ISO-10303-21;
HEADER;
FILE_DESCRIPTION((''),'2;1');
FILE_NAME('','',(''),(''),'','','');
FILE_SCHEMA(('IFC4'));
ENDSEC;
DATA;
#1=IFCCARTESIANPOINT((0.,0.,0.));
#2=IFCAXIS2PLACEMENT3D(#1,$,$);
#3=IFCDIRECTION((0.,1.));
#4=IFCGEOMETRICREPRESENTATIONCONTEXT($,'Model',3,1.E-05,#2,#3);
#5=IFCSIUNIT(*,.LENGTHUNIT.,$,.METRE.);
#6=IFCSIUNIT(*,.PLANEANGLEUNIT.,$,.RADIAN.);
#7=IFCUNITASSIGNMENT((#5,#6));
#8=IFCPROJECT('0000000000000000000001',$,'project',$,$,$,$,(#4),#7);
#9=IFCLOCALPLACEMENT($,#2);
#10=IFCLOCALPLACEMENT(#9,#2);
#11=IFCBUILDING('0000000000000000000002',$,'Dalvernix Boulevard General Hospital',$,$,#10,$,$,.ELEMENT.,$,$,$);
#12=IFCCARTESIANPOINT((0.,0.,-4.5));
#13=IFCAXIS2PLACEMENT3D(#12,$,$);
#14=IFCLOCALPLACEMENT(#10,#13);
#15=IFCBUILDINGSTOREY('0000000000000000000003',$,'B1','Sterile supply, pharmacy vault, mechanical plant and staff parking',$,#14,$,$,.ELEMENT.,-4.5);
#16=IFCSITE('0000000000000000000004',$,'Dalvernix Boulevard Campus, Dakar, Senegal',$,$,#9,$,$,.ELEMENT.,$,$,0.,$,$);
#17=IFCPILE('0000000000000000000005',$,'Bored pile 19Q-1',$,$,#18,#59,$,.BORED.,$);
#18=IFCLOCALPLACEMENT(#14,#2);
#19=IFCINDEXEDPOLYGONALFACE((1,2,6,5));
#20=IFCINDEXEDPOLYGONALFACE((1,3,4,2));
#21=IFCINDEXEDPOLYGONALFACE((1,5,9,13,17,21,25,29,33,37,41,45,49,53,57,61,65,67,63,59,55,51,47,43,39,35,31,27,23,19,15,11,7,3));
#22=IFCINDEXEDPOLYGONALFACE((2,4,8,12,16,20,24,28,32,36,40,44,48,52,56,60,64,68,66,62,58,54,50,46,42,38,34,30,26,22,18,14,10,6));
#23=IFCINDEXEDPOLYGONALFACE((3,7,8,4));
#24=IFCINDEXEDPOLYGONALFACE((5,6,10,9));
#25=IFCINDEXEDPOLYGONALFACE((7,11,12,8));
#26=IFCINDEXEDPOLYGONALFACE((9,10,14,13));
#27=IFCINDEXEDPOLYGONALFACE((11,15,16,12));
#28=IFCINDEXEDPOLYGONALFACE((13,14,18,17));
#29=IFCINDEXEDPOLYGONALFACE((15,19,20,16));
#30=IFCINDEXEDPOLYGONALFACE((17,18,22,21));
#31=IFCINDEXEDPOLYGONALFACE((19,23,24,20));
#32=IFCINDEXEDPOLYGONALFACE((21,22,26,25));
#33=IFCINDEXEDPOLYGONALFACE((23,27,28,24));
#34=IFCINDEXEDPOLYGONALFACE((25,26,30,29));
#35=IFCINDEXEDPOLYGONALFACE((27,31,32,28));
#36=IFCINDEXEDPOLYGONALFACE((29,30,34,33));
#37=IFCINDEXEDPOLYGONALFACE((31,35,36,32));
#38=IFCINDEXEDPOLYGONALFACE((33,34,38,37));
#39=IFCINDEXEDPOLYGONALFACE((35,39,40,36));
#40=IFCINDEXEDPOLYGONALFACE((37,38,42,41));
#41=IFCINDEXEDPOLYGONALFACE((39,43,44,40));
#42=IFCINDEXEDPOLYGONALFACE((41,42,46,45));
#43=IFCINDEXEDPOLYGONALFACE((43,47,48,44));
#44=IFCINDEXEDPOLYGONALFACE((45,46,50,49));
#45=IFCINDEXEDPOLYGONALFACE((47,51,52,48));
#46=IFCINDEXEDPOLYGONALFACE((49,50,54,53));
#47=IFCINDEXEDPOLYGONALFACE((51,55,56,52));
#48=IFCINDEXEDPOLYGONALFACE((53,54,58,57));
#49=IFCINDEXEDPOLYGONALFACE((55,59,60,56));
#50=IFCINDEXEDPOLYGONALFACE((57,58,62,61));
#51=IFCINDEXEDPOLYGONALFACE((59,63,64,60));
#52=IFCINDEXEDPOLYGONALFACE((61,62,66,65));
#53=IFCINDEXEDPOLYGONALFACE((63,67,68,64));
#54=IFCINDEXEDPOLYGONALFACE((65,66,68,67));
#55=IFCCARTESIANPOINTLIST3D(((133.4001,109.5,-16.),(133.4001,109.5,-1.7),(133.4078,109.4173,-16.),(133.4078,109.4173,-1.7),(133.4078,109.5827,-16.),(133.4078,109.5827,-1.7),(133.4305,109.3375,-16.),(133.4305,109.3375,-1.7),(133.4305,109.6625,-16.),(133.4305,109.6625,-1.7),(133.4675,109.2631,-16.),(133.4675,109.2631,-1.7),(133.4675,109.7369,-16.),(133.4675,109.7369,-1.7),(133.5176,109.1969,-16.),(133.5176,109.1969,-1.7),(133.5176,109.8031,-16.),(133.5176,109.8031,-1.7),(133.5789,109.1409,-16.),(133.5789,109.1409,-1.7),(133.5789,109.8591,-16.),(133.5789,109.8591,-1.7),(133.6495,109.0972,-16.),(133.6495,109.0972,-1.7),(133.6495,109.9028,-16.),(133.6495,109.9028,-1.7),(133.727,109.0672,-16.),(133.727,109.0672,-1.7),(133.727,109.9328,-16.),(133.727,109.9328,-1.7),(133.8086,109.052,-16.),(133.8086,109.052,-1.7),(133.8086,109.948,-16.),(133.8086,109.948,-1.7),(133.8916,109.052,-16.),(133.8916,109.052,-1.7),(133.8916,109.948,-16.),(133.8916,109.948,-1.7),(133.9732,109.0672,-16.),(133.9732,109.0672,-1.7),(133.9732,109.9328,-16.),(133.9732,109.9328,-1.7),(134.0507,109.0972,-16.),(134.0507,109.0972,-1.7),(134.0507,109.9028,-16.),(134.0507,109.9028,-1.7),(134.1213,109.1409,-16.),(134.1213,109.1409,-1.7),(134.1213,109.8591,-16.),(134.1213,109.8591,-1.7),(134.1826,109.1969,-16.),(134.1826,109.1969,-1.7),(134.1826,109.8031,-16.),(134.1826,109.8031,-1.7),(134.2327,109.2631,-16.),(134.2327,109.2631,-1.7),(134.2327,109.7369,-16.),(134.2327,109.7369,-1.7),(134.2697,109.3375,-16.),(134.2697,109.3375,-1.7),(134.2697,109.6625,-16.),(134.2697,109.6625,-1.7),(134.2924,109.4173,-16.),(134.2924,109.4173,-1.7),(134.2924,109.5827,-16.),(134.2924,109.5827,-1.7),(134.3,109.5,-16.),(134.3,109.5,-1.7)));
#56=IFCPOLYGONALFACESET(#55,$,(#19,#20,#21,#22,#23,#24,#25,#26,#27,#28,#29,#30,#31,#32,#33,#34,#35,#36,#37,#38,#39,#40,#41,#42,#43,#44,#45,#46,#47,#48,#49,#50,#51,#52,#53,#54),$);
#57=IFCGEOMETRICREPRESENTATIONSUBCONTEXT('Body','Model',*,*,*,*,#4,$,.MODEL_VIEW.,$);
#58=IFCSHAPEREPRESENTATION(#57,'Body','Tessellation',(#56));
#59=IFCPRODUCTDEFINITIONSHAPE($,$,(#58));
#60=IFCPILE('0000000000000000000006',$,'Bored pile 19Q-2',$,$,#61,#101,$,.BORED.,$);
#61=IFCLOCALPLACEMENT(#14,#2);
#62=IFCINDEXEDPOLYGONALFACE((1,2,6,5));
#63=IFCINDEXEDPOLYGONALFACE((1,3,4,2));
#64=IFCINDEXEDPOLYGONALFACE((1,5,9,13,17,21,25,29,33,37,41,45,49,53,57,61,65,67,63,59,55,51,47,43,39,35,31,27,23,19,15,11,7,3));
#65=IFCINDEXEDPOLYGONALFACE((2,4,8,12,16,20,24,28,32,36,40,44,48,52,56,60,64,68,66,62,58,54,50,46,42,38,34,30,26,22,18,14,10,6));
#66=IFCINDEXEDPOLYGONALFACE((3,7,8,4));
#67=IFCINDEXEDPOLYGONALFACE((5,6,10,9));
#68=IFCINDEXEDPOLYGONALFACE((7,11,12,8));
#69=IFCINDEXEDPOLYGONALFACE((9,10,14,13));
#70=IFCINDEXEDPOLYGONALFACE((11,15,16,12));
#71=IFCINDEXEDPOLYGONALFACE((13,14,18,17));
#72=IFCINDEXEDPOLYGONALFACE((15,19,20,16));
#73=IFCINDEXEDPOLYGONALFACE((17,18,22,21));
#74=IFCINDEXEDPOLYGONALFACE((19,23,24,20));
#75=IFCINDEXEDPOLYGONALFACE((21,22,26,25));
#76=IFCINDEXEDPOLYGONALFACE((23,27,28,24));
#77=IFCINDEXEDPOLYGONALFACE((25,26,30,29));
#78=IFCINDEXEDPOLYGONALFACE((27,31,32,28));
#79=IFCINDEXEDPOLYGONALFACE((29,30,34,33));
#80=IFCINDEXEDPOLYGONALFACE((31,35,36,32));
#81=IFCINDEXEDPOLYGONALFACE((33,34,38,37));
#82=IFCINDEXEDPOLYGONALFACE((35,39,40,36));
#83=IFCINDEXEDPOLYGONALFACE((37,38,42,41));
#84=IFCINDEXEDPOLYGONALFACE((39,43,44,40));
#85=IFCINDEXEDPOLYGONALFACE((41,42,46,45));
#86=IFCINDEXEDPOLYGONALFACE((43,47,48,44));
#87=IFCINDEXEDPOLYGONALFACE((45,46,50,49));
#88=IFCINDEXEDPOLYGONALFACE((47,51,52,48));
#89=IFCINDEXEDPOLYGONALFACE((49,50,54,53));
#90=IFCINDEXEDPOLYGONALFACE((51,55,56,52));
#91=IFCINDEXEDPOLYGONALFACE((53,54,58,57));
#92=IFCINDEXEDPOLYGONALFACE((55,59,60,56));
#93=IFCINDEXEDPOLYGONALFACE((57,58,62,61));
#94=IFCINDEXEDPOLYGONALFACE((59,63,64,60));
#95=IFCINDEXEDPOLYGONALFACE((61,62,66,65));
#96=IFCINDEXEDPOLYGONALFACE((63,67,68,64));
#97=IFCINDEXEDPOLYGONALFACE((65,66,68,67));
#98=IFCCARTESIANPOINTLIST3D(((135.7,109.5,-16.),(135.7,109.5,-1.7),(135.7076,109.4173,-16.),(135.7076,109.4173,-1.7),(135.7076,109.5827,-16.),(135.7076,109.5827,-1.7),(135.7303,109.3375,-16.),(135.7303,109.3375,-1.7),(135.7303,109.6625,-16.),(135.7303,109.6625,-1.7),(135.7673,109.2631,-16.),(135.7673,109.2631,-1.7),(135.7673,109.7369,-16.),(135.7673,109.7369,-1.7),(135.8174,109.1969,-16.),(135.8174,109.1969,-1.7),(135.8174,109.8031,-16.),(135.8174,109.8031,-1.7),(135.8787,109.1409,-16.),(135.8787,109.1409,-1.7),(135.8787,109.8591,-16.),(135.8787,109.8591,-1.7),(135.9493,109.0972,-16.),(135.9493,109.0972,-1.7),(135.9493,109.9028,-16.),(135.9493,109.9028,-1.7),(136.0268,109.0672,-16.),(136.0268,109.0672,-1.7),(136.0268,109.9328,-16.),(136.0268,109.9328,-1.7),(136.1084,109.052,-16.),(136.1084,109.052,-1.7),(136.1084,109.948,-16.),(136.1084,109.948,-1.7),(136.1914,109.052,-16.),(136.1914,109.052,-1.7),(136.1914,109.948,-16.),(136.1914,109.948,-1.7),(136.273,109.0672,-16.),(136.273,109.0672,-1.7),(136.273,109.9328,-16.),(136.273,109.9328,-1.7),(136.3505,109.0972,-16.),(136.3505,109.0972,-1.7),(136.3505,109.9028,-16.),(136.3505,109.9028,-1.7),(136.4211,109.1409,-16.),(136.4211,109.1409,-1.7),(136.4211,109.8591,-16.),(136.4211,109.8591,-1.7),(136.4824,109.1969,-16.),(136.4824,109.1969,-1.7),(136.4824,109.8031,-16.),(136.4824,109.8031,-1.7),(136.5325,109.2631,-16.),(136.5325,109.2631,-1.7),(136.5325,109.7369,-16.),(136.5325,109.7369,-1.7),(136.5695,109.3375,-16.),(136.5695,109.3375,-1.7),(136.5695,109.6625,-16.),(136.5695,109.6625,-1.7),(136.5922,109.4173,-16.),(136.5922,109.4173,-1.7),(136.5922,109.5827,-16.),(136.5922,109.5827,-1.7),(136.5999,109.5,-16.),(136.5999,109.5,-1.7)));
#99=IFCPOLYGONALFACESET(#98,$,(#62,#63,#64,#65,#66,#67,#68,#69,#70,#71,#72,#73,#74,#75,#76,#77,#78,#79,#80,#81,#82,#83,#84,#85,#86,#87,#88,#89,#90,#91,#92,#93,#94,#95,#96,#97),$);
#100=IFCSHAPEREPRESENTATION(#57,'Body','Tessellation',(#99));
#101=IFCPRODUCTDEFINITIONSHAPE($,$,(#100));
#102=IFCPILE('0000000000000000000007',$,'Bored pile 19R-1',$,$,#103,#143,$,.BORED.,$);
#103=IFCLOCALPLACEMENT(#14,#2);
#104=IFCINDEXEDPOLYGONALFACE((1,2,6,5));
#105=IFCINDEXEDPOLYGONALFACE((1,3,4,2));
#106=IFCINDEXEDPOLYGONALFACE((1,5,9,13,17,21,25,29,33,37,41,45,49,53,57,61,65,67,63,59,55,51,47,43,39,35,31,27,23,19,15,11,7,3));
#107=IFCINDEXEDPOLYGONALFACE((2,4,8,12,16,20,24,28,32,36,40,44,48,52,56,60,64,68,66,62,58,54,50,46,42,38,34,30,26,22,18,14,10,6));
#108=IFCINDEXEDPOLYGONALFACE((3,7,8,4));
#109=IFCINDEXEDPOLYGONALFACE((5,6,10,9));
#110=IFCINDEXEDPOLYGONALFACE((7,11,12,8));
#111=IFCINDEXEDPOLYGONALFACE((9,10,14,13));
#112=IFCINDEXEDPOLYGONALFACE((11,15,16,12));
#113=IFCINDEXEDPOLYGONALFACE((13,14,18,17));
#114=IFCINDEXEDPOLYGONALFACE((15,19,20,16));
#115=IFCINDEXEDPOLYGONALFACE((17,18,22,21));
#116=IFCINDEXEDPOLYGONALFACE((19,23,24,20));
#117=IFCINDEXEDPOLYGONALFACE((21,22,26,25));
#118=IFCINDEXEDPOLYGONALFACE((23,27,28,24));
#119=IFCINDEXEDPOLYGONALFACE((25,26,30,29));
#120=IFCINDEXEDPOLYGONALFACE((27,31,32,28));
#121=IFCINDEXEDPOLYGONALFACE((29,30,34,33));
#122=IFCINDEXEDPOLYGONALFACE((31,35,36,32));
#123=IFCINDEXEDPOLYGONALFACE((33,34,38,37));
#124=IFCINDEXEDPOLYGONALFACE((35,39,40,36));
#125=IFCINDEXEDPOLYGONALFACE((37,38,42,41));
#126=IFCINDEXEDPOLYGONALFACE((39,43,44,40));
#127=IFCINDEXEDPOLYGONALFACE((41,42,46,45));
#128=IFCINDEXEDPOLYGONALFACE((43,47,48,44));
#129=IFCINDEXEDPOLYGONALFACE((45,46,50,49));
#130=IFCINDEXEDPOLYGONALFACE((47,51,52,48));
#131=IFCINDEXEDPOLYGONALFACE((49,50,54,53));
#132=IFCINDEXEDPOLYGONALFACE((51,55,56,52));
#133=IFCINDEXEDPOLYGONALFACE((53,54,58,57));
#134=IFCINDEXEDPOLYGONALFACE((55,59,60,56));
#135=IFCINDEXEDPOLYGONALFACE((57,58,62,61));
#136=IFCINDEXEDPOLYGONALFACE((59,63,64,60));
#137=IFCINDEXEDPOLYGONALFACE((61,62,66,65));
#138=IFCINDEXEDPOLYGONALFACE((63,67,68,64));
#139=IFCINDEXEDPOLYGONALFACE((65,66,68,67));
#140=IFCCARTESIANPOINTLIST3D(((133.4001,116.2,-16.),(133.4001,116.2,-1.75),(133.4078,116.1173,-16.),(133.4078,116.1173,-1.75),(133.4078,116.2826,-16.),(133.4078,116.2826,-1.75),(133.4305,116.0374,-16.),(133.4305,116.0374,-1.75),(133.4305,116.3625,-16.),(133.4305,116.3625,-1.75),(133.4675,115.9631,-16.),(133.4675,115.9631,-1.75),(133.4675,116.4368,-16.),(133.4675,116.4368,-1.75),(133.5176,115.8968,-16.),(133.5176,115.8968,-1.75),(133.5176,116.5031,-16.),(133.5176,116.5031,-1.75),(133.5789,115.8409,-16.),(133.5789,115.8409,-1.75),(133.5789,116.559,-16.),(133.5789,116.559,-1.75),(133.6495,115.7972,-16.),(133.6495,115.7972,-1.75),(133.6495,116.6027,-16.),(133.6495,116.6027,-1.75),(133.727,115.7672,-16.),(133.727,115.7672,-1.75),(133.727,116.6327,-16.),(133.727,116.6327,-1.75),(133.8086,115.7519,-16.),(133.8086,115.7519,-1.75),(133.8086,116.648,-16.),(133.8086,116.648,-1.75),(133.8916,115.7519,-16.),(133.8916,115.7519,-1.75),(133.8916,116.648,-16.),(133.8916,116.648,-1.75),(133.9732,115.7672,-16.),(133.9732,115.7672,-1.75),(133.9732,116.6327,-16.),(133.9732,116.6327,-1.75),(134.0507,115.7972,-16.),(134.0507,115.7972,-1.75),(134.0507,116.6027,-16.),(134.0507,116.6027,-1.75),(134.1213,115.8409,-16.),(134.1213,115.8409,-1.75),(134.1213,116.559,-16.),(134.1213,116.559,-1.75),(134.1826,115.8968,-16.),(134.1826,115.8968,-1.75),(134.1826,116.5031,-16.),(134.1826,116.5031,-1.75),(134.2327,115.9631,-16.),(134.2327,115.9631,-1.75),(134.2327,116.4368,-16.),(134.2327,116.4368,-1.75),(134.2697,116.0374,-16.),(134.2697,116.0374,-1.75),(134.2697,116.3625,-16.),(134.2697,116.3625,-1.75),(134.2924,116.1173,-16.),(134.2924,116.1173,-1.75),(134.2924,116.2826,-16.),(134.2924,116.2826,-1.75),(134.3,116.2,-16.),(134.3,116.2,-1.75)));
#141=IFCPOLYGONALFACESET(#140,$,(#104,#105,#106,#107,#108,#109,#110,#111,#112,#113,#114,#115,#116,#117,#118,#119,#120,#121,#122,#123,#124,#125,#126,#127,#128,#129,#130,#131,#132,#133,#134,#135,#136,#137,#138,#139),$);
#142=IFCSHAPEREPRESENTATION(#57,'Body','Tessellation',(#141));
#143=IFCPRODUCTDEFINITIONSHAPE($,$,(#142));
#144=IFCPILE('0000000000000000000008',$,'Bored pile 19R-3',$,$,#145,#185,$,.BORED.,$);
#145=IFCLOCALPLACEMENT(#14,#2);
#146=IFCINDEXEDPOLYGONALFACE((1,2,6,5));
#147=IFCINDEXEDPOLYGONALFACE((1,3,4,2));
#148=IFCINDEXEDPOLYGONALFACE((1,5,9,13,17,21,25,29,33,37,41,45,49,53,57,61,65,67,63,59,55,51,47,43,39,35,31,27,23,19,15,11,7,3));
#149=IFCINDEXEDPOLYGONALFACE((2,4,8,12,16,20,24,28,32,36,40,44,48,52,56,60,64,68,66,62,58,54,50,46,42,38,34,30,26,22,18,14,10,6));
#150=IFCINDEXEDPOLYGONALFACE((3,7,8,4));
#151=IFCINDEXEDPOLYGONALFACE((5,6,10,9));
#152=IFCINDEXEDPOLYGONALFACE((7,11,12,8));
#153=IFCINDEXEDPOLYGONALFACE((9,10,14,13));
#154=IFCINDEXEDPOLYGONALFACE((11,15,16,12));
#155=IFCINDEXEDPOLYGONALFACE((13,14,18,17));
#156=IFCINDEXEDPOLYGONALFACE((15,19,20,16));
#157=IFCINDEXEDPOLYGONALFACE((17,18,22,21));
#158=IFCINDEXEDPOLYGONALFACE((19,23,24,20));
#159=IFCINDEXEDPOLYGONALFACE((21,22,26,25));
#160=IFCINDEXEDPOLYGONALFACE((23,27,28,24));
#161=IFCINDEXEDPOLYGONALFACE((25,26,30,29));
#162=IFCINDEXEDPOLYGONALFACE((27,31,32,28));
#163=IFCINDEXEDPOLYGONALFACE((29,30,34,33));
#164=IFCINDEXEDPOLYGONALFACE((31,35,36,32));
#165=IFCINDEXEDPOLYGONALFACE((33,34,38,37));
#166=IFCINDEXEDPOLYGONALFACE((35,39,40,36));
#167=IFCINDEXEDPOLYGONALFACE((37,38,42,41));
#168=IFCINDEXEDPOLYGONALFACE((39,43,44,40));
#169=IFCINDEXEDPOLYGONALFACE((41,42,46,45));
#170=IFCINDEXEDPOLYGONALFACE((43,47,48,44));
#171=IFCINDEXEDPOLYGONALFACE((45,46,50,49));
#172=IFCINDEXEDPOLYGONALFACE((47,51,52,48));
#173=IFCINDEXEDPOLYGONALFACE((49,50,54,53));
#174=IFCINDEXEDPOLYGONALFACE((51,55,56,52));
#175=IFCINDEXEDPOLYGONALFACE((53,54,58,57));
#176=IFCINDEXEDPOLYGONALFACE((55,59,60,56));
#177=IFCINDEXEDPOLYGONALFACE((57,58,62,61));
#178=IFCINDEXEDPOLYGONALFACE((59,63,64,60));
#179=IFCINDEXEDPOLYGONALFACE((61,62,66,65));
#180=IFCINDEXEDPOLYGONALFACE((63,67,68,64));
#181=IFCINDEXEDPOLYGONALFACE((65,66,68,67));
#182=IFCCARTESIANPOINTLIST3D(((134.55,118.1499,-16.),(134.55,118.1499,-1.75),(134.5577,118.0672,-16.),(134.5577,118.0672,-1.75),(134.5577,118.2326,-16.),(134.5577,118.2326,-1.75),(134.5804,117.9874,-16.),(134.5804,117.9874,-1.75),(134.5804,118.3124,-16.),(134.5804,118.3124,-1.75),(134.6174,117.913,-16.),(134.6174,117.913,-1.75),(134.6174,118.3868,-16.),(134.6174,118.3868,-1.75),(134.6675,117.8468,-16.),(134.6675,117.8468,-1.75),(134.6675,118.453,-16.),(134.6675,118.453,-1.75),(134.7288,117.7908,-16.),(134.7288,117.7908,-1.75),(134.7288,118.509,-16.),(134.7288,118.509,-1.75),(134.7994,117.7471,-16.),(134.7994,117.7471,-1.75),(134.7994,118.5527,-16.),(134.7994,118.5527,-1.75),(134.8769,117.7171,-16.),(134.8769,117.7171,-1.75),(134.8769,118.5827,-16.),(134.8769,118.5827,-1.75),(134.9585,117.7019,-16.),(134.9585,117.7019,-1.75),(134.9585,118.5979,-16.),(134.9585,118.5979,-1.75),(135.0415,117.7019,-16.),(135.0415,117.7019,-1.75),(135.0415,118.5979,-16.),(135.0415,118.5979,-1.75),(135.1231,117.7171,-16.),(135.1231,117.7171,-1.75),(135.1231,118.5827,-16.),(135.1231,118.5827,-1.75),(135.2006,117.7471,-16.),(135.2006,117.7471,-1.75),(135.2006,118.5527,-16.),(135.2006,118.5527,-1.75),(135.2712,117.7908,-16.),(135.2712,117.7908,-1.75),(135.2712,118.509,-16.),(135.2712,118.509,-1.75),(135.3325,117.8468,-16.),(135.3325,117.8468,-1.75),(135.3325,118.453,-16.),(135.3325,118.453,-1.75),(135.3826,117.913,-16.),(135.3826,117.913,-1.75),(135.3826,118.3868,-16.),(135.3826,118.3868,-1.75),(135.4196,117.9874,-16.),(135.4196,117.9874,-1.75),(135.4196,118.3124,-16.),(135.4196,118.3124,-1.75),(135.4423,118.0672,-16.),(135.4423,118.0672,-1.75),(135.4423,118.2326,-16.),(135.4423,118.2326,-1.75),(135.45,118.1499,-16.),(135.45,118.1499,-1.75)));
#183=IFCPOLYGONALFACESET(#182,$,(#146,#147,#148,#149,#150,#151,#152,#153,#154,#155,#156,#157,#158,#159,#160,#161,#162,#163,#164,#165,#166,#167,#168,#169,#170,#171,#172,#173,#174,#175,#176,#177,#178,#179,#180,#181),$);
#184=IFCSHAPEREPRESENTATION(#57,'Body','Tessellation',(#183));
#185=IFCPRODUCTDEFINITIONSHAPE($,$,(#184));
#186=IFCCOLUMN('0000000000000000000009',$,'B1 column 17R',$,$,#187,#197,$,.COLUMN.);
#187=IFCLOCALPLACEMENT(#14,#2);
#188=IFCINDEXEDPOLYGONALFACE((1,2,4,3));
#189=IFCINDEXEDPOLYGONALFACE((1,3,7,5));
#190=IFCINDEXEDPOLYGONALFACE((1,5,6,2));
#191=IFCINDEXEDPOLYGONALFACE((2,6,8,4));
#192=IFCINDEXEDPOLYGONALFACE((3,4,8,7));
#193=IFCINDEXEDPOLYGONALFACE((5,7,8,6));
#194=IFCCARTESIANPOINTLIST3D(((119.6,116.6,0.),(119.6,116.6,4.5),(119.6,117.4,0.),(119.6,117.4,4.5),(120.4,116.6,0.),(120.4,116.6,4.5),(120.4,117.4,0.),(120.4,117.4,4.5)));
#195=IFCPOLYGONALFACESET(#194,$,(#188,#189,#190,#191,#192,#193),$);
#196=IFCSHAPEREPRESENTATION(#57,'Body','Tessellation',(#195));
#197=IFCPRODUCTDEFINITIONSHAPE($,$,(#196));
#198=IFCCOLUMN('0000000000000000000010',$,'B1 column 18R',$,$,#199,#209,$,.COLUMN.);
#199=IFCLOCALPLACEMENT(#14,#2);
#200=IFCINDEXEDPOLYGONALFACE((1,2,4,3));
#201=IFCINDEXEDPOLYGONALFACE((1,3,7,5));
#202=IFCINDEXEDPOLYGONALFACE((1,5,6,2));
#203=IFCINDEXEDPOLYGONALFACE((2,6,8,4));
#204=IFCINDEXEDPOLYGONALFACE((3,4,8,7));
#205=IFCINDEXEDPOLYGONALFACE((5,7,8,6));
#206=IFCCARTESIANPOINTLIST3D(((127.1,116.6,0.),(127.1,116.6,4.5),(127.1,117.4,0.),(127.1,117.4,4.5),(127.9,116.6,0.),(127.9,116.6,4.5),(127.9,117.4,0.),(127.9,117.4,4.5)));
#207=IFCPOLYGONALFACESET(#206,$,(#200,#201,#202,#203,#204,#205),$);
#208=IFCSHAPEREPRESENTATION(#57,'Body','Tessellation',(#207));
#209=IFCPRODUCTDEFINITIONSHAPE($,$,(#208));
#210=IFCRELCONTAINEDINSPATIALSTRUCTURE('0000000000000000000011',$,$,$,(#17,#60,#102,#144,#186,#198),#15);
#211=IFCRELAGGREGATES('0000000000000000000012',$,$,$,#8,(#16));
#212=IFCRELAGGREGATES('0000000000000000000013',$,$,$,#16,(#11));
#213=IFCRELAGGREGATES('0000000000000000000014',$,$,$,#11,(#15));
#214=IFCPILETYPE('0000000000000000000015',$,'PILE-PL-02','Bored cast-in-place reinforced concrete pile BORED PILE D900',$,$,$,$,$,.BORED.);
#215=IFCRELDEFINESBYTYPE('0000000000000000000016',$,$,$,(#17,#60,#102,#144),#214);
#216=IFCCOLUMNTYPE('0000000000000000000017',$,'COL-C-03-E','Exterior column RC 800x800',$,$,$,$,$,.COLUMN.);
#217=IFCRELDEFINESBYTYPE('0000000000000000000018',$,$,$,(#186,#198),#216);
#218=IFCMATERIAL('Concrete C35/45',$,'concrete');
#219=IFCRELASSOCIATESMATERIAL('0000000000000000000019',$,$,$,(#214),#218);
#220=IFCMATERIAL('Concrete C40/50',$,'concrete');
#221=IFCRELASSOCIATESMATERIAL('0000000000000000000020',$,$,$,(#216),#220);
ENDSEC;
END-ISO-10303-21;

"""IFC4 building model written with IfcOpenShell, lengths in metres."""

from ifc_helpers import new_model, si_unit, direction, frame, origin, origin_2d, place, context, subcontext, project, spatial, rectangle, circle, extrude, material, material_profile, profile_set, type_object, element, save


model = new_model("IFC4")

# Units and contexts
model_context = context("Model", 3, precision=1e-05, world=origin(), true_north=direction((0.0, 1.0)))
body_context = subcontext(model_context, "Body", "Model", "MODEL_VIEW")
ifc_project = project(units=[si_unit("LENGTHUNIT", "METRE"), si_unit("PLANEANGLEUNIT", "RADIAN")], contexts=[model_context])

# Site, building, storey
site_placement = place(None, origin())
site = spatial("IfcSite", under=ifc_project, at=site_placement, Name="Dalvernix Boulevard Campus, Dakar, Senegal", CompositionType="ELEMENT", RefElevation=0.0)
building_placement = place(site_placement, origin())
building = spatial("IfcBuilding", under=site, at=building_placement, Name="Dalvernix Boulevard General Hospital", CompositionType="ELEMENT")
storey_placement = place(building_placement, frame((0.0, 0.0, -4.5)))
storey = spatial("IfcBuildingStorey", under=building, at=storey_placement, Name="B1", Description="Sterile supply, pharmacy vault, mechanical plant and staff parking", CompositionType="ELEMENT", Elevation=-4.5)

# Shared definitions
ifc_material_1 = material(Name="Concrete C35/45", Category="concrete")
ifc_material_2 = material(Name="Concrete C40/50", Category="concrete")

# Piles
ifc_material_profile_1 = material_profile(ifc_material_1, circle(Radius=0.45, at=origin_2d()), Name="BORED PILE D900")
ifc_profile_set_1 = profile_set([ifc_material_profile_1], Name="Concrete C35/45")
pile_type = type_object("IfcPileType", Name="PILE-PL-02", Description="Bored cast-in-place reinforced concrete pile BORED PILE D900", PredefinedType="BORED", material=ifc_profile_set_1)
for number, where, z_axis, x_axis, name in (
    (1, (133.8501, 109.5, -1.7), (0.0, 0.0, -1.0), (1.0, 0.0, 0.0), "Bored pile 19Q-1"),
    (2, (136.1499, 109.5, -1.7), (0.0, 0.0, -1.0), (1.0, 0.0, 0.0), "Bored pile 19Q-2"),
):
    element("IfcPile", number, at=place(storey_placement, frame(where, z_axis=z_axis, x_axis=x_axis)), inside=storey, type_object=pile_type, Name=name, PredefinedType="BORED", context=body_context, shape_type="SweptSolid", body=[
        extrude(circle(Radius=0.45, at=origin_2d()), origin(), (0.0, 0.0, 1.0), 14.3),
    ])
for number, where, z_axis, x_axis, name in (
    (3, (133.8501, 116.2, -1.75), (0.0, 0.0, -1.0), (1.0, 0.0, 0.0), "Bored pile 19R-1"),
    (4, (135.0, 118.1499, -1.75), (0.0, 0.0, -1.0), (1.0, 0.0, 0.0), "Bored pile 19R-3"),
):
    element("IfcPile", number, at=place(storey_placement, frame(where, z_axis=z_axis, x_axis=x_axis)), inside=storey, type_object=pile_type, Name=name, PredefinedType="BORED", context=body_context, shape_type="SweptSolid", body=[
        extrude(circle(Radius=0.45, at=origin_2d()), origin(), (0.0, 0.0, 1.0), 14.25),
    ])

# Columns
ifc_material_profile_2 = material_profile(ifc_material_2, rectangle(XDim=0.8, YDim=0.8, at=origin_2d()), Name="RC 800x800")
ifc_profile_set_2 = profile_set([ifc_material_profile_2], Name="Concrete C40/50")
column_type_1 = type_object("IfcColumnType", Name="COL-C-03-E", Description="Exterior column RC 800x800", PredefinedType="COLUMN", material=ifc_profile_set_2)
for number, where, z_axis, x_axis, name in (
    (5, (120.0, 117.0, 0.0), (0.0, 0.0, 1.0), (1.0, 0.0, 0.0), "B1 column 17R"),
    (6, (127.5, 117.0, 0.0), (0.0, 0.0, 1.0), (1.0, 0.0, 0.0), "B1 column 18R"),
):
    element("IfcColumn", number, at=place(storey_placement, frame(where, z_axis=z_axis, x_axis=x_axis)), inside=storey, type_object=column_type_1, Name=name, PredefinedType="COLUMN", context=body_context, shape_type="SweptSolid", body=[
        extrude(rectangle(XDim=0.8, YDim=0.8, at=origin_2d()), origin(), (0.0, 0.0, 1.0), 4.5),
    ])

save(model, "model.ifc")
